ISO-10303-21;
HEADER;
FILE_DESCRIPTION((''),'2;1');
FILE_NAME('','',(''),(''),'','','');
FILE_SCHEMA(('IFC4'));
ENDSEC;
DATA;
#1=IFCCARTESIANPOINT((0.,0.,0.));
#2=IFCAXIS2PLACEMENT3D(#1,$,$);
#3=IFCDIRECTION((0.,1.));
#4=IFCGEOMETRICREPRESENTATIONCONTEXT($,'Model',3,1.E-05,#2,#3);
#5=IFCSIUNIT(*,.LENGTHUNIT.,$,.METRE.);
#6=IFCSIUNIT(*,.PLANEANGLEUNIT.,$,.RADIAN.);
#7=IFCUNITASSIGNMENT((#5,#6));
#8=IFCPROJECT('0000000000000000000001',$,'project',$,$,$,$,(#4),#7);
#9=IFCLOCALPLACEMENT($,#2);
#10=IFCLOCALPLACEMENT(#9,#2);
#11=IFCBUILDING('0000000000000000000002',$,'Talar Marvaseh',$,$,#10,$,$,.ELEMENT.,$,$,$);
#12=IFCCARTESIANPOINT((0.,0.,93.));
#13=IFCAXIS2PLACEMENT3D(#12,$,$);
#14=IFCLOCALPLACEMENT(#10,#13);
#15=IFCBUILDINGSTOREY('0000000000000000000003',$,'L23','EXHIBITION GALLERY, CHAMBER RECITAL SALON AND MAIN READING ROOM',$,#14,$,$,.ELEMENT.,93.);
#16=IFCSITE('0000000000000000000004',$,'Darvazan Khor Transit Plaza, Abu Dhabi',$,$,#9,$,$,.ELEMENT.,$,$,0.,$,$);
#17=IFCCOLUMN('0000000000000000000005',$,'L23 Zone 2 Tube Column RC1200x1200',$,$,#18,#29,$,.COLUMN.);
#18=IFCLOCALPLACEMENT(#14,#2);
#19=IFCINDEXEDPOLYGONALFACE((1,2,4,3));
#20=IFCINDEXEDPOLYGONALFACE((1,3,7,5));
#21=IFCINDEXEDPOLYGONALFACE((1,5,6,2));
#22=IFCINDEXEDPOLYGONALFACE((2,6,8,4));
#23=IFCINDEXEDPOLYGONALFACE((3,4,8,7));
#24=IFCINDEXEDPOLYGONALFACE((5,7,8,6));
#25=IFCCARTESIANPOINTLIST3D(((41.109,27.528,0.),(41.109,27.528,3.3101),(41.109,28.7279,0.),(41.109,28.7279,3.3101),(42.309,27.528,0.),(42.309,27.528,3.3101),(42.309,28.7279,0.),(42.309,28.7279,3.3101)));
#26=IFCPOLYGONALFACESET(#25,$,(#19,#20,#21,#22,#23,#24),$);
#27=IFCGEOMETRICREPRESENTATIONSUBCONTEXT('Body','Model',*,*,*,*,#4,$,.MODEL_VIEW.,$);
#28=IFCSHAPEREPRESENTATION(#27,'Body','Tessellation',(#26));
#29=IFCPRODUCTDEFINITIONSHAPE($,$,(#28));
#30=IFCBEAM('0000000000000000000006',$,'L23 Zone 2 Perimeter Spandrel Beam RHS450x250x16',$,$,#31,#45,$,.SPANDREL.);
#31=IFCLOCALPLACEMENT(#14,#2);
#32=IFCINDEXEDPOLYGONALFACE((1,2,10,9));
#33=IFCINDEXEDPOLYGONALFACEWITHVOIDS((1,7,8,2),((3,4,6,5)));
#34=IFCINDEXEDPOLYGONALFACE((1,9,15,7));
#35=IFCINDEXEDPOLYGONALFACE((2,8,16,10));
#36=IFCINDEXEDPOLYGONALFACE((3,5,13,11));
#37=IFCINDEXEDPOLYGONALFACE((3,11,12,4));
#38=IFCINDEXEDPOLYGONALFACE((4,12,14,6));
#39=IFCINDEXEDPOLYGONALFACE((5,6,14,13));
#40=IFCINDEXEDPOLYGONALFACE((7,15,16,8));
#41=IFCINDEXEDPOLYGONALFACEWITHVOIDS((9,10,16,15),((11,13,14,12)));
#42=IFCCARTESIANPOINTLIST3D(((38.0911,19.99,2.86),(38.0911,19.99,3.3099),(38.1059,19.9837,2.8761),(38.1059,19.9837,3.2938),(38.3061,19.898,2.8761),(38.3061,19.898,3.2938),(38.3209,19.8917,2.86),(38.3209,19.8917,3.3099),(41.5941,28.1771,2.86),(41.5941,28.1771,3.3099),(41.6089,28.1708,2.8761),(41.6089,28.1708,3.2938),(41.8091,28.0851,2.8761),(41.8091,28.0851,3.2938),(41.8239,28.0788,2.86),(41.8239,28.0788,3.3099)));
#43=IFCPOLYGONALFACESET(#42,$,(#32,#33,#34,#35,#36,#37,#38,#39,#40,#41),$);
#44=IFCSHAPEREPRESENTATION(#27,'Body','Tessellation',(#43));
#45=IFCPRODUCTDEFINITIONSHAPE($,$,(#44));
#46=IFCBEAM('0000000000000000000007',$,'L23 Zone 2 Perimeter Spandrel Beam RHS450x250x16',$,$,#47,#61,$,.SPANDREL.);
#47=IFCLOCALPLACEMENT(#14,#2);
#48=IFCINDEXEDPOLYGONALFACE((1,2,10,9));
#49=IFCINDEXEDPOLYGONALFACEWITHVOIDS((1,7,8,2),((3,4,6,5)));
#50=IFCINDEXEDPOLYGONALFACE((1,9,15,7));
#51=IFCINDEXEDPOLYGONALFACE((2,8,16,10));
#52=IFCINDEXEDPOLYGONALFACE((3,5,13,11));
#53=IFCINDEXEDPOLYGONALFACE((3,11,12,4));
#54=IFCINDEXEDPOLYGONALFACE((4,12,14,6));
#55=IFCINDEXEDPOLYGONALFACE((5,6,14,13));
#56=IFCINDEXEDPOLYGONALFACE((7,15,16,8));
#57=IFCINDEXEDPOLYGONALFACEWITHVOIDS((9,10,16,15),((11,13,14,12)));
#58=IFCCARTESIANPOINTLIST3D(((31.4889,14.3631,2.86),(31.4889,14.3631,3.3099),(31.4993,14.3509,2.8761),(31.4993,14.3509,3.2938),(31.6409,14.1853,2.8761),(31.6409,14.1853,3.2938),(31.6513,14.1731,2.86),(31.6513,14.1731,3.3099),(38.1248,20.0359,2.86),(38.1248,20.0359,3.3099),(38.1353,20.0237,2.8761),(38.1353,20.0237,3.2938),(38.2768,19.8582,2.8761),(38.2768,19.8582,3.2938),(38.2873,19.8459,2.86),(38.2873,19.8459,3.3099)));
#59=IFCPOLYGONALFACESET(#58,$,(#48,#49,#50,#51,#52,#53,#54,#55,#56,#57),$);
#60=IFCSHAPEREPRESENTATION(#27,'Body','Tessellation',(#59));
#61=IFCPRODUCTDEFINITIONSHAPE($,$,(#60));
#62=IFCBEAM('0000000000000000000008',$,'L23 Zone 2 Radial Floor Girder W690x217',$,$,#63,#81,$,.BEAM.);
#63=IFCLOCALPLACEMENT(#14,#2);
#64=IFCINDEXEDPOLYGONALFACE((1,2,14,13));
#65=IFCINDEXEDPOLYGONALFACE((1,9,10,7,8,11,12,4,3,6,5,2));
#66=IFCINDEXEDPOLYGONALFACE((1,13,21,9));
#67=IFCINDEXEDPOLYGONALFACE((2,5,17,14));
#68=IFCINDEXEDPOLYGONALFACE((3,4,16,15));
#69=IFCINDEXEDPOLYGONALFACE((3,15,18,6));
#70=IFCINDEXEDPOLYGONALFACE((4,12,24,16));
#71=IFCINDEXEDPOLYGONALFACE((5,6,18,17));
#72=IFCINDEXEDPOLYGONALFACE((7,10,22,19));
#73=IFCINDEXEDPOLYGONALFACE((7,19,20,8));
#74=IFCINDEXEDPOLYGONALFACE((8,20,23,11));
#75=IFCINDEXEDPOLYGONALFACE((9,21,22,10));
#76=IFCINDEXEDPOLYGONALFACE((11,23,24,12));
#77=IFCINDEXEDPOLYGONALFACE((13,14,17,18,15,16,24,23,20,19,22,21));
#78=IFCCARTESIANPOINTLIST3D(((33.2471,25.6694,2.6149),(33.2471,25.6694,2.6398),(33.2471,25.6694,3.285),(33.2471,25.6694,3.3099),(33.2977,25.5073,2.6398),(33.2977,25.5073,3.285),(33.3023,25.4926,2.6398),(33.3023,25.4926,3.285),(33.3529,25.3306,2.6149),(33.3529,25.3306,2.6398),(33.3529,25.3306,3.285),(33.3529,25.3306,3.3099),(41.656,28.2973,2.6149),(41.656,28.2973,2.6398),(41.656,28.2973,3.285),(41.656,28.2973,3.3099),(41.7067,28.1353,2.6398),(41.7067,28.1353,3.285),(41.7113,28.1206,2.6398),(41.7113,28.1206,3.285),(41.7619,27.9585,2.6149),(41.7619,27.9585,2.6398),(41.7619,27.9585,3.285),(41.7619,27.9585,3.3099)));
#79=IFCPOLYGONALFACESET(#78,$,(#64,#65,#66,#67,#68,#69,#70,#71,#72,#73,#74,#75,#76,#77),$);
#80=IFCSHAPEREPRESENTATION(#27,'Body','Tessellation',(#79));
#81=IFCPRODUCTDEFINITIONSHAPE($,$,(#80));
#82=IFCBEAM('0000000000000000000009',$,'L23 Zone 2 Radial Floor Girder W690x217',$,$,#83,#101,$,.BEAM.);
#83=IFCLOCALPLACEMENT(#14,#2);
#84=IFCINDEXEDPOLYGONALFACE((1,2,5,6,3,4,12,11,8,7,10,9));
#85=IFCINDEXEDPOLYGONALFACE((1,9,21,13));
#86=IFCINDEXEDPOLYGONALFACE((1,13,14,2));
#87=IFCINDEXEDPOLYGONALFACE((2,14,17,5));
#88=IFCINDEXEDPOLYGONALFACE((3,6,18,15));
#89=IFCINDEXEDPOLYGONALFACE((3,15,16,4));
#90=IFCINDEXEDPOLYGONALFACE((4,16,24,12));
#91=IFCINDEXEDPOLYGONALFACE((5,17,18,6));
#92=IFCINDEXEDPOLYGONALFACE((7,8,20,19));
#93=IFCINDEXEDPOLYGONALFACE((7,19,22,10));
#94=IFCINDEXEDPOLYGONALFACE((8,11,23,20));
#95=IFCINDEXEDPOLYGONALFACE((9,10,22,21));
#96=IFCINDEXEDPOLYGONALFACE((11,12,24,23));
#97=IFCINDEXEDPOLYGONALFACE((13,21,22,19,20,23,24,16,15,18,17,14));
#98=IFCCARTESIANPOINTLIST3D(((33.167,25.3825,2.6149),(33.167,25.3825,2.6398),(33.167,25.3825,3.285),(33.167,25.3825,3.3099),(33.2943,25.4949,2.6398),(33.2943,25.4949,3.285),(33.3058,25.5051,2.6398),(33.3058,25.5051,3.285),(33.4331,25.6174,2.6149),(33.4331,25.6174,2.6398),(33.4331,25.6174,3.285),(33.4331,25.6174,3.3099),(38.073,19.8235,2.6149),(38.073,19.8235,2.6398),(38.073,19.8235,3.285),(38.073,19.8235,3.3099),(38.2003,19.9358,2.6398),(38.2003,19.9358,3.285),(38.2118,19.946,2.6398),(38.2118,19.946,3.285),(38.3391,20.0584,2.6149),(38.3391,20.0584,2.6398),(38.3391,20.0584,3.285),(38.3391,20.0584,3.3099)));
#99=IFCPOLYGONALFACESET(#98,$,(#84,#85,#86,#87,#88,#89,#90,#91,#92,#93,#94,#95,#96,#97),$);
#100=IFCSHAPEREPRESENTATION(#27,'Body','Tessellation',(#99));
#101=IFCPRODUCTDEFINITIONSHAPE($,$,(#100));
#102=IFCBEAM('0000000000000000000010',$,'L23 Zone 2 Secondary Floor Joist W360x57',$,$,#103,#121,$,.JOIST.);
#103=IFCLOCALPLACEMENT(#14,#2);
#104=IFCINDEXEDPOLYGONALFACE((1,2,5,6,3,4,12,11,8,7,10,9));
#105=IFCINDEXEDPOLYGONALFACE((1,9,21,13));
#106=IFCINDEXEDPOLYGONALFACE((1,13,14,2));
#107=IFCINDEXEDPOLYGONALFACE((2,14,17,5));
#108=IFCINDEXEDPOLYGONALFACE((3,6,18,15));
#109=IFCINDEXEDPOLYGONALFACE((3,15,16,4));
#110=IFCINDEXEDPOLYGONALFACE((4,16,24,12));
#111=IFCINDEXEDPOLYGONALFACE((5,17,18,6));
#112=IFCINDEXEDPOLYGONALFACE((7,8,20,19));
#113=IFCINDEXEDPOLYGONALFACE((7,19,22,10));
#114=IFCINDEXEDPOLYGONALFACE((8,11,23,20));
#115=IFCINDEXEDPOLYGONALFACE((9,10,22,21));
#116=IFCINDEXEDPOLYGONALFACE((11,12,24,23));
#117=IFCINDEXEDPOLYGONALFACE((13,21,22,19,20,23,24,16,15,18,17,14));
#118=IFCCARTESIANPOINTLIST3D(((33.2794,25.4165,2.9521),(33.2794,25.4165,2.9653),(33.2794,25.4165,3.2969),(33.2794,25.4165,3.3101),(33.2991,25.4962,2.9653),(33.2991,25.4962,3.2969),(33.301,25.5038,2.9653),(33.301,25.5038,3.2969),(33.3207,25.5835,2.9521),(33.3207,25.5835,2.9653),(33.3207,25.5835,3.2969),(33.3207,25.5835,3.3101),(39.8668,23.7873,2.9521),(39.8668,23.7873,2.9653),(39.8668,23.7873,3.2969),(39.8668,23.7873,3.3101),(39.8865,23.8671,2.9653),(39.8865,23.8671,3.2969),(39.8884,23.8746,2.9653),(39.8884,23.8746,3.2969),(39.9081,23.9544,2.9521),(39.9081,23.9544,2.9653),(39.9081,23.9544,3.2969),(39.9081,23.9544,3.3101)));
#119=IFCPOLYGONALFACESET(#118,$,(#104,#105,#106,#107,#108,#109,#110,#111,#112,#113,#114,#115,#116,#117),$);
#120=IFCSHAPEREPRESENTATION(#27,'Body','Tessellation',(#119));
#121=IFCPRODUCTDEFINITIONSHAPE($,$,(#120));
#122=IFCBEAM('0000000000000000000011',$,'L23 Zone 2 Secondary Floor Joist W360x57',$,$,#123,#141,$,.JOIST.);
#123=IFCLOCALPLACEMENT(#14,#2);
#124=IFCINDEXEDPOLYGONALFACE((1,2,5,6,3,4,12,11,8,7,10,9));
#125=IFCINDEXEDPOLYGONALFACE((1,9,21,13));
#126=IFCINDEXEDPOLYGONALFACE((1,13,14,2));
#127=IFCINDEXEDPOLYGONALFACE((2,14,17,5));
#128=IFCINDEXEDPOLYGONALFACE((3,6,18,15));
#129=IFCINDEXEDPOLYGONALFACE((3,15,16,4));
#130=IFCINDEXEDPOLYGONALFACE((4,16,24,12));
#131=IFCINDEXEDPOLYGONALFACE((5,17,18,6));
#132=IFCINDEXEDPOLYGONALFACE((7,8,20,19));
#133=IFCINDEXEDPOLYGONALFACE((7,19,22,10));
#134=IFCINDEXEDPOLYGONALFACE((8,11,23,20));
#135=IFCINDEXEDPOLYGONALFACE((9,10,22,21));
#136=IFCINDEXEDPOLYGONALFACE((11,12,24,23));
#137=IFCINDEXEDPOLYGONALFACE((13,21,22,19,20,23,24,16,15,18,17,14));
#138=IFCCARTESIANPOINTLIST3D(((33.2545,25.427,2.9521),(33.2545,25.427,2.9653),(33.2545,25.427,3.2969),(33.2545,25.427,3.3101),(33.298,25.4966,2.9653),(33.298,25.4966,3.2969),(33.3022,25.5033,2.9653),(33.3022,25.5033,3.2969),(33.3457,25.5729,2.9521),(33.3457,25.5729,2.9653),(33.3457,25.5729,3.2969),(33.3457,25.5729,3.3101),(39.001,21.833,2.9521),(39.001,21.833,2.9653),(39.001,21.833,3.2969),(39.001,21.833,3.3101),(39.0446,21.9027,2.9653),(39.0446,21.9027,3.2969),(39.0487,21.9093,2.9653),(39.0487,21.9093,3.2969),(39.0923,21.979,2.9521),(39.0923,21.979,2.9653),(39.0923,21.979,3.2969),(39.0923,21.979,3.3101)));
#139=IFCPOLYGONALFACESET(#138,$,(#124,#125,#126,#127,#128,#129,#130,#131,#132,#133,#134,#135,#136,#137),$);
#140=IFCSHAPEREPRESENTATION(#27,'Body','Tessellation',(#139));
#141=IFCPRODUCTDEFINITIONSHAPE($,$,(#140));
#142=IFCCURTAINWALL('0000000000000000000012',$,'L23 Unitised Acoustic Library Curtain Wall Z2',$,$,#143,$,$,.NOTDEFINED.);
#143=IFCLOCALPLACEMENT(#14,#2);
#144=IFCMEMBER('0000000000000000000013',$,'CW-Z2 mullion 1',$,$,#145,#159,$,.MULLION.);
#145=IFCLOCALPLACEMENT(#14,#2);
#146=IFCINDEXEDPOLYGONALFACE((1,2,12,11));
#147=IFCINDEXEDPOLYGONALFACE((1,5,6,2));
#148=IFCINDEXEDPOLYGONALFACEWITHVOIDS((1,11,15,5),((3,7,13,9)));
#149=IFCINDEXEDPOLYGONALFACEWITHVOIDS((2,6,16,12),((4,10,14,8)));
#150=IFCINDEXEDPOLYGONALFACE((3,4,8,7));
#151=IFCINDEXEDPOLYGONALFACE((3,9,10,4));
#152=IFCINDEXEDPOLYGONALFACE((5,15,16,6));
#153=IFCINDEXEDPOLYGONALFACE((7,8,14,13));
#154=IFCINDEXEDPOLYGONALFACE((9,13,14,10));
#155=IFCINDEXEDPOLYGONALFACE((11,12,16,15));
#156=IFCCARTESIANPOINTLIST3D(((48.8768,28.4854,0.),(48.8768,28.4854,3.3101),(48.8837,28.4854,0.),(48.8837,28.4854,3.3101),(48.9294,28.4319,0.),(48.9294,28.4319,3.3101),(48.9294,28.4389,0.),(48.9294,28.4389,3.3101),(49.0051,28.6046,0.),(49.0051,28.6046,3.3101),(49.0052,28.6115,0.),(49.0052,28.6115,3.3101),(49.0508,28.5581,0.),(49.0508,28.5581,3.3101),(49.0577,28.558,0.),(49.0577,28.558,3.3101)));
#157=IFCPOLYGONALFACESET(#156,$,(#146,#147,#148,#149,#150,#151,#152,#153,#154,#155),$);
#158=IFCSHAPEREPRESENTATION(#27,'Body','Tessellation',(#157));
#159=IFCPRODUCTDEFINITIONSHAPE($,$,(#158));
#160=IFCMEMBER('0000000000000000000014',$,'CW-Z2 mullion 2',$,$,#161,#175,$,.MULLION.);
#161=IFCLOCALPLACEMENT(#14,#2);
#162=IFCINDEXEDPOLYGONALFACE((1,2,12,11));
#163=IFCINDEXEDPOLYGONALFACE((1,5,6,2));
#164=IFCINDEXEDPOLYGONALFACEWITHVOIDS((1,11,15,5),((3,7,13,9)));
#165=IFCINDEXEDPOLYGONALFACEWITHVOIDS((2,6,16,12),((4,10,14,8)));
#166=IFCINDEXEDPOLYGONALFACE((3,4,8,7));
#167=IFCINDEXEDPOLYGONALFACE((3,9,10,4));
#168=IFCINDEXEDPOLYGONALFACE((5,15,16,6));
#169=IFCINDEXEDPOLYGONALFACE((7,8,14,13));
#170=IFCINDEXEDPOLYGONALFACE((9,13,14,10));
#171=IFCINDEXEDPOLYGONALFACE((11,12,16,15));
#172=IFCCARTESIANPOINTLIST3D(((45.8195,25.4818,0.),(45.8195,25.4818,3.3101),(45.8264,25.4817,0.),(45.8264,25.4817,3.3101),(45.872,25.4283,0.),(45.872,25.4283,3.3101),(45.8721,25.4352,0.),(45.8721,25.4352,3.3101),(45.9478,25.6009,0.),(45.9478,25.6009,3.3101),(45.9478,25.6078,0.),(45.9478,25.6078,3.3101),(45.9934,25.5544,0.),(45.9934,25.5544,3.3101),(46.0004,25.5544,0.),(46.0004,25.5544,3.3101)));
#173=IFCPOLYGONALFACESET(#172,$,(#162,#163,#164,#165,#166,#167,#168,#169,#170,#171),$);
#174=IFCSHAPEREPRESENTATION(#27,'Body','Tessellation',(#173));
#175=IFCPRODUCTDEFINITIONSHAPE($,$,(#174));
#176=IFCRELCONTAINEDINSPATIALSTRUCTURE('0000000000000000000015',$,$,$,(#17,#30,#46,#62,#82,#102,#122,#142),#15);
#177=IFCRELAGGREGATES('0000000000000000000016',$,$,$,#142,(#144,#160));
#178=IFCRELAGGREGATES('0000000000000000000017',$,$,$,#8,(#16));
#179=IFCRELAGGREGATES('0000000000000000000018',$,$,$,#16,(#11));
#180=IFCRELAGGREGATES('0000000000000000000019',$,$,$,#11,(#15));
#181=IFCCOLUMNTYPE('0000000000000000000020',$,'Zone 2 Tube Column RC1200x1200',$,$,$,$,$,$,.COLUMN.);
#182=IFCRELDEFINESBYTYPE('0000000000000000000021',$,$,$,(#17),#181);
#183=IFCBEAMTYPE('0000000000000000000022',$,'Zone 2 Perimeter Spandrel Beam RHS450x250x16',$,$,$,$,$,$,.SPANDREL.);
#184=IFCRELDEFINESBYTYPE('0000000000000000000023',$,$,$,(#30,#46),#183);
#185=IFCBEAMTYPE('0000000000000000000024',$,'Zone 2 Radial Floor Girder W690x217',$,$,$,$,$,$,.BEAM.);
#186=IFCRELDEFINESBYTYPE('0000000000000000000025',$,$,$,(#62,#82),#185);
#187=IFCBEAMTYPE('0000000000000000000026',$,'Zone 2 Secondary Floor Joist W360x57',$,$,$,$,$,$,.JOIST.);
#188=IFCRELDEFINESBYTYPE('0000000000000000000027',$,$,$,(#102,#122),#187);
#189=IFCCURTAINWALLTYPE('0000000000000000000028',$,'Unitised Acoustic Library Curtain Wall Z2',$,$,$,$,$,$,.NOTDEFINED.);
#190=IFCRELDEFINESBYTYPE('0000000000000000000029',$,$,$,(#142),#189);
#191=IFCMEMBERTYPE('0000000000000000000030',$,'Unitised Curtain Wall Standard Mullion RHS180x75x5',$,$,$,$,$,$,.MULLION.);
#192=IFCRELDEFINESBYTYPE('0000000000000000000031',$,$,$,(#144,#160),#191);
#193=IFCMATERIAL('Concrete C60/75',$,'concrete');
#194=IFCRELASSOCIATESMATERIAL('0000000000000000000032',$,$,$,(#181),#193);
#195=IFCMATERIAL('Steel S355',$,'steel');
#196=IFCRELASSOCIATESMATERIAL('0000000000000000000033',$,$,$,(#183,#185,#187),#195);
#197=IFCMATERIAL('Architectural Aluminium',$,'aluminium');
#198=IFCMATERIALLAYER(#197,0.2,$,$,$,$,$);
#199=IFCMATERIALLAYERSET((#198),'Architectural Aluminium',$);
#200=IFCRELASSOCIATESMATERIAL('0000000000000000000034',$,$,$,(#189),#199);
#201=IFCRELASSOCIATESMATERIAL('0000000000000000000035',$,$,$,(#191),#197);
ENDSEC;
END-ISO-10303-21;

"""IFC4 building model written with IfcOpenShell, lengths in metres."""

from ifc_helpers import new_model, si_unit, direction, frame, origin, origin_2d, place, context, subcontext, project, spatial, rectangle, hollow_rectangle, i_section, extrude, source, transform, mapped, material, layer, layer_set, material_profile, profile_set, type_object, type_shapes, element, aggregate, save


model = new_model("IFC4")

# Units and contexts
model_context = context("Model", 3, precision=1e-05, world=origin(), true_north=direction((0.0, 1.0)))
body_context = subcontext(model_context, "Body", "Model", "MODEL_VIEW")
ifc_project = project(units=[si_unit("LENGTHUNIT", "METRE"), si_unit("PLANEANGLEUNIT", "RADIAN")], contexts=[model_context])

# Site, building, storey
site_placement = place(None, origin())
site = spatial("IfcSite", under=ifc_project, at=site_placement, Name="Darvazan Khor Transit Plaza, Abu Dhabi", CompositionType="ELEMENT", RefElevation=0.0)
building_placement = place(site_placement, origin())
building = spatial("IfcBuilding", under=site, at=building_placement, Name="Talar Marvaseh", CompositionType="ELEMENT")
storey_placement = place(building_placement, frame((0.0, 0.0, 93.0)))
storey = spatial("IfcBuildingStorey", under=building, at=storey_placement, Name="L23", Description="EXHIBITION GALLERY, CHAMBER RECITAL SALON AND MAIN READING ROOM", CompositionType="ELEMENT", Elevation=93.0)

# Column
ifc_material_1 = material(Name="Concrete C60/75", Category="concrete")
ifc_material_profile_1 = material_profile(ifc_material_1, rectangle(XDim=1.2, YDim=1.2, at=origin_2d()), Name="RC1200x1200")
ifc_profile_set_1 = profile_set([ifc_material_profile_1], Name="Concrete C60/75")
column_type = type_object("IfcColumnType", Name="Zone 2 Tube Column RC1200x1200", PredefinedType="COLUMN", material=ifc_profile_set_1)
column_placement = place(storey_placement, frame((41.709, 28.1279, 0.0), z_axis=(0.0, 0.0, 1.0), x_axis=(1.0, 0.0, 0.0)))
element("IfcColumn", 1, at=column_placement, inside=storey, type_object=column_type, Name="L23 Zone 2 Tube Column RC1200x1200", PredefinedType="COLUMN", context=body_context, shape_type="SweptSolid", body=[
    extrude(rectangle(XDim=1.2, YDim=1.2, at=origin_2d()), origin(), (0.0, 0.0, 1.0), 3.3101),
])

# Beams
ifc_material_2 = material(Name="Steel S355", Category="steel")
ifc_material_profile_2 = material_profile(ifc_material_2, hollow_rectangle(XDim=0.25, YDim=0.45, WallThickness=0.0161, at=origin_2d()), Name="RHS450x250x16")
ifc_profile_set_2 = profile_set([ifc_material_profile_2], Name="Steel S355")
beam_type_1 = type_object("IfcBeamType", Name="Zone 2 Perimeter Spandrel Beam RHS450x250x16", PredefinedType="SPANDREL", material=ifc_profile_set_2)
beam_1_placement = place(storey_placement, frame((41.709, 28.1279, 3.085), z_axis=(-0.39337, -0.91938, 0.0), x_axis=(0.91938, -0.39337, 0.0)))
element("IfcBeam", 2, at=beam_1_placement, inside=storey, type_object=beam_type_1, Name="L23 Zone 2 Perimeter Spandrel Beam RHS450x250x16", PredefinedType="SPANDREL", context=body_context, shape_type="SweptSolid", body=[
    extrude(hollow_rectangle(XDim=0.25, YDim=0.45, WallThickness=0.0161, at=origin_2d()), origin(), (0.0, 0.0, 1.0), 8.905),
])
beam_2_placement = place(storey_placement, frame((38.2061, 19.9409, 3.085), z_axis=(-0.760113, -0.649791, 0.0), x_axis=(0.649791, -0.760113, 0.0)))
element("IfcBeam", 3, at=beam_2_placement, inside=storey, type_object=beam_type_1, Name="L23 Zone 2 Perimeter Spandrel Beam RHS450x250x16", PredefinedType="SPANDREL", context=body_context, shape_type="SweptSolid", body=[
    extrude(hollow_rectangle(XDim=0.25, YDim=0.45, WallThickness=0.0161, at=origin_2d()), origin(), (0.0, 0.0, 1.0), 8.7302),
])
ifc_material_profile_3 = material_profile(ifc_material_2, i_section(OverallWidth=0.355, OverallDepth=0.6951, WebThickness=0.0154, FlangeThickness=0.0249, at=origin_2d()), Name="W690x217")
ifc_profile_set_3 = profile_set([ifc_material_profile_3], Name="Steel S355")
beam_type_2 = type_object("IfcBeamType", Name="Zone 2 Radial Floor Girder W690x217", PredefinedType="BEAM", material=ifc_profile_set_3)
beam_3_placement = place(storey_placement, frame((41.709, 28.1279, 2.9624), z_axis=(-0.954476, -0.298289, 0.0), x_axis=(0.298289, -0.954476, 0.0)))
element("IfcBeam", 4, at=beam_3_placement, inside=storey, type_object=beam_type_2, Name="L23 Zone 2 Radial Floor Girder W690x217", PredefinedType="BEAM", context=body_context, shape_type="SweptSolid", body=[
    extrude(i_section(OverallWidth=0.355, OverallDepth=0.6951, WebThickness=0.0154, FlangeThickness=0.0249, at=origin_2d()), origin(), (0.0, 0.0, 1.0), 8.8101),
])
beam_4_placement = place(storey_placement, frame((38.2061, 19.9409, 2.9624), z_axis=(-0.661692, 0.749775, 0.0), x_axis=(-0.749775, -0.661692, 0.0)))
element("IfcBeam", 5, at=beam_4_placement, inside=storey, type_object=beam_type_2, Name="L23 Zone 2 Radial Floor Girder W690x217", PredefinedType="BEAM", context=body_context, shape_type="SweptSolid", body=[
    extrude(i_section(OverallWidth=0.355, OverallDepth=0.6951, WebThickness=0.0154, FlangeThickness=0.0249, at=origin_2d()), origin(), (0.0, 0.0, 1.0), 7.4143),
])
ifc_material_profile_4 = material_profile(ifc_material_2, i_section(OverallWidth=0.1721, OverallDepth=0.3579, WebThickness=0.0078, FlangeThickness=0.0132, at=origin_2d()), Name="W360x57")
ifc_profile_set_4 = profile_set([ifc_material_profile_4], Name="Steel S355")
beam_type_3 = type_object("IfcBeamType", Name="Zone 2 Secondary Floor Joist W360x57", PredefinedType="JOIST", material=ifc_profile_set_4)
beam_5_placement = place(storey_placement, frame((39.8875, 23.8708, 3.1311), z_axis=(-0.970753, 0.24008, 0.0), x_axis=(-0.24008, -0.970753, 0.0)))
element("IfcBeam", 6, at=beam_5_placement, inside=storey, type_object=beam_type_3, Name="L23 Zone 2 Secondary Floor Joist W360x57", PredefinedType="JOIST", context=body_context, shape_type="SweptSolid", body=[
    extrude(i_section(OverallWidth=0.1721, OverallDepth=0.3579, WebThickness=0.0078, FlangeThickness=0.0132, at=origin_2d()), origin(), (0.0, 0.0, 1.0), 6.7859),
])
beam_6_placement = place(storey_placement, frame((39.0466, 21.906, 3.1311), z_axis=(-0.84784, 0.530251, 0.0), x_axis=(-0.530251, -0.84784, 0.0)))
element("IfcBeam", 7, at=beam_6_placement, inside=storey, type_object=beam_type_3, Name="L23 Zone 2 Secondary Floor Joist W360x57", PredefinedType="JOIST", context=body_context, shape_type="SweptSolid", body=[
    extrude(i_section(OverallWidth=0.1721, OverallDepth=0.3579, WebThickness=0.0078, FlangeThickness=0.0132, at=origin_2d()), origin(), (0.0, 0.0, 1.0), 6.7778),
])

# Curtain wall, members
ifc_material_3 = material(Name="Architectural Aluminium", Category="aluminium")
ifc_layer_1 = layer(ifc_material_3, 0.2)
ifc_layer_set_1 = layer_set([ifc_layer_1], Name="Architectural Aluminium")
curtain_wall_type = type_object("IfcCurtainWallType", Name="Unitised Acoustic Library Curtain Wall Z2", PredefinedType="NOTDEFINED", material=ifc_layer_set_1)
curtain_wall_placement = place(storey_placement, origin())
curtain_wall = element("IfcCurtainWall", 8, at=curtain_wall_placement, inside=storey, type_object=curtain_wall_type, Name="L23 Unitised Acoustic Library Curtain Wall Z2", PredefinedType="NOTDEFINED")
ifc_material_profile_5 = material_profile(ifc_material_3, hollow_rectangle(XDim=0.075, YDim=0.1799, WallThickness=0.0049, at=origin_2d()), Name="RHS180x75x5")
ifc_profile_set_5 = profile_set([ifc_material_profile_5], Name="Architectural Aluminium")
member_type_1 = type_object("IfcMemberType", Name="Unitised Curtain Wall Standard Mullion RHS180x75x5", PredefinedType="MULLION", material=ifc_profile_set_5)
shared_shape_1 = source(origin(), body_context, "Body", "SweptSolid", [
    extrude(hollow_rectangle(XDim=0.075, YDim=0.1799, WallThickness=0.0049, at=origin_2d()), origin(), (0.0, 0.0, 1.0), 3.3101),
])
type_shapes(member_type_1, [shared_shape_1])
member_1_placement = place(storey_placement, frame((48.9673, 28.5217, 0.0), z_axis=(0.0, 0.0, 1.0), x_axis=(0.700797, -0.713361, 0.0)))
member_1 = element("IfcMember", 9, at=member_1_placement, type_object=member_type_1, Name="CW-Z2 mullion 1", PredefinedType="MULLION", context=body_context, shape_type="MappedRepresentation", body=[
    mapped(shared_shape_1, transform((0.0, 0.0, 0.0), x_axis=(1.0, 0.0, 0.0), y_axis=(0.0, 1.0, 0.0), z_axis=(0.0, 0.0, 1.0), scale=1.0)),
])
member_2_placement = place(storey_placement, frame((45.9099, 25.5181, 0.0), z_axis=(0.0, 0.0, 1.0), x_axis=(0.700797, -0.713361, 0.0)))
member_2 = element("IfcMember", 10, at=member_2_placement, type_object=member_type_1, Name="CW-Z2 mullion 2", PredefinedType="MULLION", context=body_context, shape_type="MappedRepresentation", body=[
    mapped(shared_shape_1, transform((0.0, 0.0, 0.0), x_axis=(1.0, 0.0, 0.0), y_axis=(0.0, 1.0, 0.0), z_axis=(0.0, 0.0, 1.0), scale=1.0)),
])
aggregate(curtain_wall, [member_1, member_2])

save(model, "model.ifc")
